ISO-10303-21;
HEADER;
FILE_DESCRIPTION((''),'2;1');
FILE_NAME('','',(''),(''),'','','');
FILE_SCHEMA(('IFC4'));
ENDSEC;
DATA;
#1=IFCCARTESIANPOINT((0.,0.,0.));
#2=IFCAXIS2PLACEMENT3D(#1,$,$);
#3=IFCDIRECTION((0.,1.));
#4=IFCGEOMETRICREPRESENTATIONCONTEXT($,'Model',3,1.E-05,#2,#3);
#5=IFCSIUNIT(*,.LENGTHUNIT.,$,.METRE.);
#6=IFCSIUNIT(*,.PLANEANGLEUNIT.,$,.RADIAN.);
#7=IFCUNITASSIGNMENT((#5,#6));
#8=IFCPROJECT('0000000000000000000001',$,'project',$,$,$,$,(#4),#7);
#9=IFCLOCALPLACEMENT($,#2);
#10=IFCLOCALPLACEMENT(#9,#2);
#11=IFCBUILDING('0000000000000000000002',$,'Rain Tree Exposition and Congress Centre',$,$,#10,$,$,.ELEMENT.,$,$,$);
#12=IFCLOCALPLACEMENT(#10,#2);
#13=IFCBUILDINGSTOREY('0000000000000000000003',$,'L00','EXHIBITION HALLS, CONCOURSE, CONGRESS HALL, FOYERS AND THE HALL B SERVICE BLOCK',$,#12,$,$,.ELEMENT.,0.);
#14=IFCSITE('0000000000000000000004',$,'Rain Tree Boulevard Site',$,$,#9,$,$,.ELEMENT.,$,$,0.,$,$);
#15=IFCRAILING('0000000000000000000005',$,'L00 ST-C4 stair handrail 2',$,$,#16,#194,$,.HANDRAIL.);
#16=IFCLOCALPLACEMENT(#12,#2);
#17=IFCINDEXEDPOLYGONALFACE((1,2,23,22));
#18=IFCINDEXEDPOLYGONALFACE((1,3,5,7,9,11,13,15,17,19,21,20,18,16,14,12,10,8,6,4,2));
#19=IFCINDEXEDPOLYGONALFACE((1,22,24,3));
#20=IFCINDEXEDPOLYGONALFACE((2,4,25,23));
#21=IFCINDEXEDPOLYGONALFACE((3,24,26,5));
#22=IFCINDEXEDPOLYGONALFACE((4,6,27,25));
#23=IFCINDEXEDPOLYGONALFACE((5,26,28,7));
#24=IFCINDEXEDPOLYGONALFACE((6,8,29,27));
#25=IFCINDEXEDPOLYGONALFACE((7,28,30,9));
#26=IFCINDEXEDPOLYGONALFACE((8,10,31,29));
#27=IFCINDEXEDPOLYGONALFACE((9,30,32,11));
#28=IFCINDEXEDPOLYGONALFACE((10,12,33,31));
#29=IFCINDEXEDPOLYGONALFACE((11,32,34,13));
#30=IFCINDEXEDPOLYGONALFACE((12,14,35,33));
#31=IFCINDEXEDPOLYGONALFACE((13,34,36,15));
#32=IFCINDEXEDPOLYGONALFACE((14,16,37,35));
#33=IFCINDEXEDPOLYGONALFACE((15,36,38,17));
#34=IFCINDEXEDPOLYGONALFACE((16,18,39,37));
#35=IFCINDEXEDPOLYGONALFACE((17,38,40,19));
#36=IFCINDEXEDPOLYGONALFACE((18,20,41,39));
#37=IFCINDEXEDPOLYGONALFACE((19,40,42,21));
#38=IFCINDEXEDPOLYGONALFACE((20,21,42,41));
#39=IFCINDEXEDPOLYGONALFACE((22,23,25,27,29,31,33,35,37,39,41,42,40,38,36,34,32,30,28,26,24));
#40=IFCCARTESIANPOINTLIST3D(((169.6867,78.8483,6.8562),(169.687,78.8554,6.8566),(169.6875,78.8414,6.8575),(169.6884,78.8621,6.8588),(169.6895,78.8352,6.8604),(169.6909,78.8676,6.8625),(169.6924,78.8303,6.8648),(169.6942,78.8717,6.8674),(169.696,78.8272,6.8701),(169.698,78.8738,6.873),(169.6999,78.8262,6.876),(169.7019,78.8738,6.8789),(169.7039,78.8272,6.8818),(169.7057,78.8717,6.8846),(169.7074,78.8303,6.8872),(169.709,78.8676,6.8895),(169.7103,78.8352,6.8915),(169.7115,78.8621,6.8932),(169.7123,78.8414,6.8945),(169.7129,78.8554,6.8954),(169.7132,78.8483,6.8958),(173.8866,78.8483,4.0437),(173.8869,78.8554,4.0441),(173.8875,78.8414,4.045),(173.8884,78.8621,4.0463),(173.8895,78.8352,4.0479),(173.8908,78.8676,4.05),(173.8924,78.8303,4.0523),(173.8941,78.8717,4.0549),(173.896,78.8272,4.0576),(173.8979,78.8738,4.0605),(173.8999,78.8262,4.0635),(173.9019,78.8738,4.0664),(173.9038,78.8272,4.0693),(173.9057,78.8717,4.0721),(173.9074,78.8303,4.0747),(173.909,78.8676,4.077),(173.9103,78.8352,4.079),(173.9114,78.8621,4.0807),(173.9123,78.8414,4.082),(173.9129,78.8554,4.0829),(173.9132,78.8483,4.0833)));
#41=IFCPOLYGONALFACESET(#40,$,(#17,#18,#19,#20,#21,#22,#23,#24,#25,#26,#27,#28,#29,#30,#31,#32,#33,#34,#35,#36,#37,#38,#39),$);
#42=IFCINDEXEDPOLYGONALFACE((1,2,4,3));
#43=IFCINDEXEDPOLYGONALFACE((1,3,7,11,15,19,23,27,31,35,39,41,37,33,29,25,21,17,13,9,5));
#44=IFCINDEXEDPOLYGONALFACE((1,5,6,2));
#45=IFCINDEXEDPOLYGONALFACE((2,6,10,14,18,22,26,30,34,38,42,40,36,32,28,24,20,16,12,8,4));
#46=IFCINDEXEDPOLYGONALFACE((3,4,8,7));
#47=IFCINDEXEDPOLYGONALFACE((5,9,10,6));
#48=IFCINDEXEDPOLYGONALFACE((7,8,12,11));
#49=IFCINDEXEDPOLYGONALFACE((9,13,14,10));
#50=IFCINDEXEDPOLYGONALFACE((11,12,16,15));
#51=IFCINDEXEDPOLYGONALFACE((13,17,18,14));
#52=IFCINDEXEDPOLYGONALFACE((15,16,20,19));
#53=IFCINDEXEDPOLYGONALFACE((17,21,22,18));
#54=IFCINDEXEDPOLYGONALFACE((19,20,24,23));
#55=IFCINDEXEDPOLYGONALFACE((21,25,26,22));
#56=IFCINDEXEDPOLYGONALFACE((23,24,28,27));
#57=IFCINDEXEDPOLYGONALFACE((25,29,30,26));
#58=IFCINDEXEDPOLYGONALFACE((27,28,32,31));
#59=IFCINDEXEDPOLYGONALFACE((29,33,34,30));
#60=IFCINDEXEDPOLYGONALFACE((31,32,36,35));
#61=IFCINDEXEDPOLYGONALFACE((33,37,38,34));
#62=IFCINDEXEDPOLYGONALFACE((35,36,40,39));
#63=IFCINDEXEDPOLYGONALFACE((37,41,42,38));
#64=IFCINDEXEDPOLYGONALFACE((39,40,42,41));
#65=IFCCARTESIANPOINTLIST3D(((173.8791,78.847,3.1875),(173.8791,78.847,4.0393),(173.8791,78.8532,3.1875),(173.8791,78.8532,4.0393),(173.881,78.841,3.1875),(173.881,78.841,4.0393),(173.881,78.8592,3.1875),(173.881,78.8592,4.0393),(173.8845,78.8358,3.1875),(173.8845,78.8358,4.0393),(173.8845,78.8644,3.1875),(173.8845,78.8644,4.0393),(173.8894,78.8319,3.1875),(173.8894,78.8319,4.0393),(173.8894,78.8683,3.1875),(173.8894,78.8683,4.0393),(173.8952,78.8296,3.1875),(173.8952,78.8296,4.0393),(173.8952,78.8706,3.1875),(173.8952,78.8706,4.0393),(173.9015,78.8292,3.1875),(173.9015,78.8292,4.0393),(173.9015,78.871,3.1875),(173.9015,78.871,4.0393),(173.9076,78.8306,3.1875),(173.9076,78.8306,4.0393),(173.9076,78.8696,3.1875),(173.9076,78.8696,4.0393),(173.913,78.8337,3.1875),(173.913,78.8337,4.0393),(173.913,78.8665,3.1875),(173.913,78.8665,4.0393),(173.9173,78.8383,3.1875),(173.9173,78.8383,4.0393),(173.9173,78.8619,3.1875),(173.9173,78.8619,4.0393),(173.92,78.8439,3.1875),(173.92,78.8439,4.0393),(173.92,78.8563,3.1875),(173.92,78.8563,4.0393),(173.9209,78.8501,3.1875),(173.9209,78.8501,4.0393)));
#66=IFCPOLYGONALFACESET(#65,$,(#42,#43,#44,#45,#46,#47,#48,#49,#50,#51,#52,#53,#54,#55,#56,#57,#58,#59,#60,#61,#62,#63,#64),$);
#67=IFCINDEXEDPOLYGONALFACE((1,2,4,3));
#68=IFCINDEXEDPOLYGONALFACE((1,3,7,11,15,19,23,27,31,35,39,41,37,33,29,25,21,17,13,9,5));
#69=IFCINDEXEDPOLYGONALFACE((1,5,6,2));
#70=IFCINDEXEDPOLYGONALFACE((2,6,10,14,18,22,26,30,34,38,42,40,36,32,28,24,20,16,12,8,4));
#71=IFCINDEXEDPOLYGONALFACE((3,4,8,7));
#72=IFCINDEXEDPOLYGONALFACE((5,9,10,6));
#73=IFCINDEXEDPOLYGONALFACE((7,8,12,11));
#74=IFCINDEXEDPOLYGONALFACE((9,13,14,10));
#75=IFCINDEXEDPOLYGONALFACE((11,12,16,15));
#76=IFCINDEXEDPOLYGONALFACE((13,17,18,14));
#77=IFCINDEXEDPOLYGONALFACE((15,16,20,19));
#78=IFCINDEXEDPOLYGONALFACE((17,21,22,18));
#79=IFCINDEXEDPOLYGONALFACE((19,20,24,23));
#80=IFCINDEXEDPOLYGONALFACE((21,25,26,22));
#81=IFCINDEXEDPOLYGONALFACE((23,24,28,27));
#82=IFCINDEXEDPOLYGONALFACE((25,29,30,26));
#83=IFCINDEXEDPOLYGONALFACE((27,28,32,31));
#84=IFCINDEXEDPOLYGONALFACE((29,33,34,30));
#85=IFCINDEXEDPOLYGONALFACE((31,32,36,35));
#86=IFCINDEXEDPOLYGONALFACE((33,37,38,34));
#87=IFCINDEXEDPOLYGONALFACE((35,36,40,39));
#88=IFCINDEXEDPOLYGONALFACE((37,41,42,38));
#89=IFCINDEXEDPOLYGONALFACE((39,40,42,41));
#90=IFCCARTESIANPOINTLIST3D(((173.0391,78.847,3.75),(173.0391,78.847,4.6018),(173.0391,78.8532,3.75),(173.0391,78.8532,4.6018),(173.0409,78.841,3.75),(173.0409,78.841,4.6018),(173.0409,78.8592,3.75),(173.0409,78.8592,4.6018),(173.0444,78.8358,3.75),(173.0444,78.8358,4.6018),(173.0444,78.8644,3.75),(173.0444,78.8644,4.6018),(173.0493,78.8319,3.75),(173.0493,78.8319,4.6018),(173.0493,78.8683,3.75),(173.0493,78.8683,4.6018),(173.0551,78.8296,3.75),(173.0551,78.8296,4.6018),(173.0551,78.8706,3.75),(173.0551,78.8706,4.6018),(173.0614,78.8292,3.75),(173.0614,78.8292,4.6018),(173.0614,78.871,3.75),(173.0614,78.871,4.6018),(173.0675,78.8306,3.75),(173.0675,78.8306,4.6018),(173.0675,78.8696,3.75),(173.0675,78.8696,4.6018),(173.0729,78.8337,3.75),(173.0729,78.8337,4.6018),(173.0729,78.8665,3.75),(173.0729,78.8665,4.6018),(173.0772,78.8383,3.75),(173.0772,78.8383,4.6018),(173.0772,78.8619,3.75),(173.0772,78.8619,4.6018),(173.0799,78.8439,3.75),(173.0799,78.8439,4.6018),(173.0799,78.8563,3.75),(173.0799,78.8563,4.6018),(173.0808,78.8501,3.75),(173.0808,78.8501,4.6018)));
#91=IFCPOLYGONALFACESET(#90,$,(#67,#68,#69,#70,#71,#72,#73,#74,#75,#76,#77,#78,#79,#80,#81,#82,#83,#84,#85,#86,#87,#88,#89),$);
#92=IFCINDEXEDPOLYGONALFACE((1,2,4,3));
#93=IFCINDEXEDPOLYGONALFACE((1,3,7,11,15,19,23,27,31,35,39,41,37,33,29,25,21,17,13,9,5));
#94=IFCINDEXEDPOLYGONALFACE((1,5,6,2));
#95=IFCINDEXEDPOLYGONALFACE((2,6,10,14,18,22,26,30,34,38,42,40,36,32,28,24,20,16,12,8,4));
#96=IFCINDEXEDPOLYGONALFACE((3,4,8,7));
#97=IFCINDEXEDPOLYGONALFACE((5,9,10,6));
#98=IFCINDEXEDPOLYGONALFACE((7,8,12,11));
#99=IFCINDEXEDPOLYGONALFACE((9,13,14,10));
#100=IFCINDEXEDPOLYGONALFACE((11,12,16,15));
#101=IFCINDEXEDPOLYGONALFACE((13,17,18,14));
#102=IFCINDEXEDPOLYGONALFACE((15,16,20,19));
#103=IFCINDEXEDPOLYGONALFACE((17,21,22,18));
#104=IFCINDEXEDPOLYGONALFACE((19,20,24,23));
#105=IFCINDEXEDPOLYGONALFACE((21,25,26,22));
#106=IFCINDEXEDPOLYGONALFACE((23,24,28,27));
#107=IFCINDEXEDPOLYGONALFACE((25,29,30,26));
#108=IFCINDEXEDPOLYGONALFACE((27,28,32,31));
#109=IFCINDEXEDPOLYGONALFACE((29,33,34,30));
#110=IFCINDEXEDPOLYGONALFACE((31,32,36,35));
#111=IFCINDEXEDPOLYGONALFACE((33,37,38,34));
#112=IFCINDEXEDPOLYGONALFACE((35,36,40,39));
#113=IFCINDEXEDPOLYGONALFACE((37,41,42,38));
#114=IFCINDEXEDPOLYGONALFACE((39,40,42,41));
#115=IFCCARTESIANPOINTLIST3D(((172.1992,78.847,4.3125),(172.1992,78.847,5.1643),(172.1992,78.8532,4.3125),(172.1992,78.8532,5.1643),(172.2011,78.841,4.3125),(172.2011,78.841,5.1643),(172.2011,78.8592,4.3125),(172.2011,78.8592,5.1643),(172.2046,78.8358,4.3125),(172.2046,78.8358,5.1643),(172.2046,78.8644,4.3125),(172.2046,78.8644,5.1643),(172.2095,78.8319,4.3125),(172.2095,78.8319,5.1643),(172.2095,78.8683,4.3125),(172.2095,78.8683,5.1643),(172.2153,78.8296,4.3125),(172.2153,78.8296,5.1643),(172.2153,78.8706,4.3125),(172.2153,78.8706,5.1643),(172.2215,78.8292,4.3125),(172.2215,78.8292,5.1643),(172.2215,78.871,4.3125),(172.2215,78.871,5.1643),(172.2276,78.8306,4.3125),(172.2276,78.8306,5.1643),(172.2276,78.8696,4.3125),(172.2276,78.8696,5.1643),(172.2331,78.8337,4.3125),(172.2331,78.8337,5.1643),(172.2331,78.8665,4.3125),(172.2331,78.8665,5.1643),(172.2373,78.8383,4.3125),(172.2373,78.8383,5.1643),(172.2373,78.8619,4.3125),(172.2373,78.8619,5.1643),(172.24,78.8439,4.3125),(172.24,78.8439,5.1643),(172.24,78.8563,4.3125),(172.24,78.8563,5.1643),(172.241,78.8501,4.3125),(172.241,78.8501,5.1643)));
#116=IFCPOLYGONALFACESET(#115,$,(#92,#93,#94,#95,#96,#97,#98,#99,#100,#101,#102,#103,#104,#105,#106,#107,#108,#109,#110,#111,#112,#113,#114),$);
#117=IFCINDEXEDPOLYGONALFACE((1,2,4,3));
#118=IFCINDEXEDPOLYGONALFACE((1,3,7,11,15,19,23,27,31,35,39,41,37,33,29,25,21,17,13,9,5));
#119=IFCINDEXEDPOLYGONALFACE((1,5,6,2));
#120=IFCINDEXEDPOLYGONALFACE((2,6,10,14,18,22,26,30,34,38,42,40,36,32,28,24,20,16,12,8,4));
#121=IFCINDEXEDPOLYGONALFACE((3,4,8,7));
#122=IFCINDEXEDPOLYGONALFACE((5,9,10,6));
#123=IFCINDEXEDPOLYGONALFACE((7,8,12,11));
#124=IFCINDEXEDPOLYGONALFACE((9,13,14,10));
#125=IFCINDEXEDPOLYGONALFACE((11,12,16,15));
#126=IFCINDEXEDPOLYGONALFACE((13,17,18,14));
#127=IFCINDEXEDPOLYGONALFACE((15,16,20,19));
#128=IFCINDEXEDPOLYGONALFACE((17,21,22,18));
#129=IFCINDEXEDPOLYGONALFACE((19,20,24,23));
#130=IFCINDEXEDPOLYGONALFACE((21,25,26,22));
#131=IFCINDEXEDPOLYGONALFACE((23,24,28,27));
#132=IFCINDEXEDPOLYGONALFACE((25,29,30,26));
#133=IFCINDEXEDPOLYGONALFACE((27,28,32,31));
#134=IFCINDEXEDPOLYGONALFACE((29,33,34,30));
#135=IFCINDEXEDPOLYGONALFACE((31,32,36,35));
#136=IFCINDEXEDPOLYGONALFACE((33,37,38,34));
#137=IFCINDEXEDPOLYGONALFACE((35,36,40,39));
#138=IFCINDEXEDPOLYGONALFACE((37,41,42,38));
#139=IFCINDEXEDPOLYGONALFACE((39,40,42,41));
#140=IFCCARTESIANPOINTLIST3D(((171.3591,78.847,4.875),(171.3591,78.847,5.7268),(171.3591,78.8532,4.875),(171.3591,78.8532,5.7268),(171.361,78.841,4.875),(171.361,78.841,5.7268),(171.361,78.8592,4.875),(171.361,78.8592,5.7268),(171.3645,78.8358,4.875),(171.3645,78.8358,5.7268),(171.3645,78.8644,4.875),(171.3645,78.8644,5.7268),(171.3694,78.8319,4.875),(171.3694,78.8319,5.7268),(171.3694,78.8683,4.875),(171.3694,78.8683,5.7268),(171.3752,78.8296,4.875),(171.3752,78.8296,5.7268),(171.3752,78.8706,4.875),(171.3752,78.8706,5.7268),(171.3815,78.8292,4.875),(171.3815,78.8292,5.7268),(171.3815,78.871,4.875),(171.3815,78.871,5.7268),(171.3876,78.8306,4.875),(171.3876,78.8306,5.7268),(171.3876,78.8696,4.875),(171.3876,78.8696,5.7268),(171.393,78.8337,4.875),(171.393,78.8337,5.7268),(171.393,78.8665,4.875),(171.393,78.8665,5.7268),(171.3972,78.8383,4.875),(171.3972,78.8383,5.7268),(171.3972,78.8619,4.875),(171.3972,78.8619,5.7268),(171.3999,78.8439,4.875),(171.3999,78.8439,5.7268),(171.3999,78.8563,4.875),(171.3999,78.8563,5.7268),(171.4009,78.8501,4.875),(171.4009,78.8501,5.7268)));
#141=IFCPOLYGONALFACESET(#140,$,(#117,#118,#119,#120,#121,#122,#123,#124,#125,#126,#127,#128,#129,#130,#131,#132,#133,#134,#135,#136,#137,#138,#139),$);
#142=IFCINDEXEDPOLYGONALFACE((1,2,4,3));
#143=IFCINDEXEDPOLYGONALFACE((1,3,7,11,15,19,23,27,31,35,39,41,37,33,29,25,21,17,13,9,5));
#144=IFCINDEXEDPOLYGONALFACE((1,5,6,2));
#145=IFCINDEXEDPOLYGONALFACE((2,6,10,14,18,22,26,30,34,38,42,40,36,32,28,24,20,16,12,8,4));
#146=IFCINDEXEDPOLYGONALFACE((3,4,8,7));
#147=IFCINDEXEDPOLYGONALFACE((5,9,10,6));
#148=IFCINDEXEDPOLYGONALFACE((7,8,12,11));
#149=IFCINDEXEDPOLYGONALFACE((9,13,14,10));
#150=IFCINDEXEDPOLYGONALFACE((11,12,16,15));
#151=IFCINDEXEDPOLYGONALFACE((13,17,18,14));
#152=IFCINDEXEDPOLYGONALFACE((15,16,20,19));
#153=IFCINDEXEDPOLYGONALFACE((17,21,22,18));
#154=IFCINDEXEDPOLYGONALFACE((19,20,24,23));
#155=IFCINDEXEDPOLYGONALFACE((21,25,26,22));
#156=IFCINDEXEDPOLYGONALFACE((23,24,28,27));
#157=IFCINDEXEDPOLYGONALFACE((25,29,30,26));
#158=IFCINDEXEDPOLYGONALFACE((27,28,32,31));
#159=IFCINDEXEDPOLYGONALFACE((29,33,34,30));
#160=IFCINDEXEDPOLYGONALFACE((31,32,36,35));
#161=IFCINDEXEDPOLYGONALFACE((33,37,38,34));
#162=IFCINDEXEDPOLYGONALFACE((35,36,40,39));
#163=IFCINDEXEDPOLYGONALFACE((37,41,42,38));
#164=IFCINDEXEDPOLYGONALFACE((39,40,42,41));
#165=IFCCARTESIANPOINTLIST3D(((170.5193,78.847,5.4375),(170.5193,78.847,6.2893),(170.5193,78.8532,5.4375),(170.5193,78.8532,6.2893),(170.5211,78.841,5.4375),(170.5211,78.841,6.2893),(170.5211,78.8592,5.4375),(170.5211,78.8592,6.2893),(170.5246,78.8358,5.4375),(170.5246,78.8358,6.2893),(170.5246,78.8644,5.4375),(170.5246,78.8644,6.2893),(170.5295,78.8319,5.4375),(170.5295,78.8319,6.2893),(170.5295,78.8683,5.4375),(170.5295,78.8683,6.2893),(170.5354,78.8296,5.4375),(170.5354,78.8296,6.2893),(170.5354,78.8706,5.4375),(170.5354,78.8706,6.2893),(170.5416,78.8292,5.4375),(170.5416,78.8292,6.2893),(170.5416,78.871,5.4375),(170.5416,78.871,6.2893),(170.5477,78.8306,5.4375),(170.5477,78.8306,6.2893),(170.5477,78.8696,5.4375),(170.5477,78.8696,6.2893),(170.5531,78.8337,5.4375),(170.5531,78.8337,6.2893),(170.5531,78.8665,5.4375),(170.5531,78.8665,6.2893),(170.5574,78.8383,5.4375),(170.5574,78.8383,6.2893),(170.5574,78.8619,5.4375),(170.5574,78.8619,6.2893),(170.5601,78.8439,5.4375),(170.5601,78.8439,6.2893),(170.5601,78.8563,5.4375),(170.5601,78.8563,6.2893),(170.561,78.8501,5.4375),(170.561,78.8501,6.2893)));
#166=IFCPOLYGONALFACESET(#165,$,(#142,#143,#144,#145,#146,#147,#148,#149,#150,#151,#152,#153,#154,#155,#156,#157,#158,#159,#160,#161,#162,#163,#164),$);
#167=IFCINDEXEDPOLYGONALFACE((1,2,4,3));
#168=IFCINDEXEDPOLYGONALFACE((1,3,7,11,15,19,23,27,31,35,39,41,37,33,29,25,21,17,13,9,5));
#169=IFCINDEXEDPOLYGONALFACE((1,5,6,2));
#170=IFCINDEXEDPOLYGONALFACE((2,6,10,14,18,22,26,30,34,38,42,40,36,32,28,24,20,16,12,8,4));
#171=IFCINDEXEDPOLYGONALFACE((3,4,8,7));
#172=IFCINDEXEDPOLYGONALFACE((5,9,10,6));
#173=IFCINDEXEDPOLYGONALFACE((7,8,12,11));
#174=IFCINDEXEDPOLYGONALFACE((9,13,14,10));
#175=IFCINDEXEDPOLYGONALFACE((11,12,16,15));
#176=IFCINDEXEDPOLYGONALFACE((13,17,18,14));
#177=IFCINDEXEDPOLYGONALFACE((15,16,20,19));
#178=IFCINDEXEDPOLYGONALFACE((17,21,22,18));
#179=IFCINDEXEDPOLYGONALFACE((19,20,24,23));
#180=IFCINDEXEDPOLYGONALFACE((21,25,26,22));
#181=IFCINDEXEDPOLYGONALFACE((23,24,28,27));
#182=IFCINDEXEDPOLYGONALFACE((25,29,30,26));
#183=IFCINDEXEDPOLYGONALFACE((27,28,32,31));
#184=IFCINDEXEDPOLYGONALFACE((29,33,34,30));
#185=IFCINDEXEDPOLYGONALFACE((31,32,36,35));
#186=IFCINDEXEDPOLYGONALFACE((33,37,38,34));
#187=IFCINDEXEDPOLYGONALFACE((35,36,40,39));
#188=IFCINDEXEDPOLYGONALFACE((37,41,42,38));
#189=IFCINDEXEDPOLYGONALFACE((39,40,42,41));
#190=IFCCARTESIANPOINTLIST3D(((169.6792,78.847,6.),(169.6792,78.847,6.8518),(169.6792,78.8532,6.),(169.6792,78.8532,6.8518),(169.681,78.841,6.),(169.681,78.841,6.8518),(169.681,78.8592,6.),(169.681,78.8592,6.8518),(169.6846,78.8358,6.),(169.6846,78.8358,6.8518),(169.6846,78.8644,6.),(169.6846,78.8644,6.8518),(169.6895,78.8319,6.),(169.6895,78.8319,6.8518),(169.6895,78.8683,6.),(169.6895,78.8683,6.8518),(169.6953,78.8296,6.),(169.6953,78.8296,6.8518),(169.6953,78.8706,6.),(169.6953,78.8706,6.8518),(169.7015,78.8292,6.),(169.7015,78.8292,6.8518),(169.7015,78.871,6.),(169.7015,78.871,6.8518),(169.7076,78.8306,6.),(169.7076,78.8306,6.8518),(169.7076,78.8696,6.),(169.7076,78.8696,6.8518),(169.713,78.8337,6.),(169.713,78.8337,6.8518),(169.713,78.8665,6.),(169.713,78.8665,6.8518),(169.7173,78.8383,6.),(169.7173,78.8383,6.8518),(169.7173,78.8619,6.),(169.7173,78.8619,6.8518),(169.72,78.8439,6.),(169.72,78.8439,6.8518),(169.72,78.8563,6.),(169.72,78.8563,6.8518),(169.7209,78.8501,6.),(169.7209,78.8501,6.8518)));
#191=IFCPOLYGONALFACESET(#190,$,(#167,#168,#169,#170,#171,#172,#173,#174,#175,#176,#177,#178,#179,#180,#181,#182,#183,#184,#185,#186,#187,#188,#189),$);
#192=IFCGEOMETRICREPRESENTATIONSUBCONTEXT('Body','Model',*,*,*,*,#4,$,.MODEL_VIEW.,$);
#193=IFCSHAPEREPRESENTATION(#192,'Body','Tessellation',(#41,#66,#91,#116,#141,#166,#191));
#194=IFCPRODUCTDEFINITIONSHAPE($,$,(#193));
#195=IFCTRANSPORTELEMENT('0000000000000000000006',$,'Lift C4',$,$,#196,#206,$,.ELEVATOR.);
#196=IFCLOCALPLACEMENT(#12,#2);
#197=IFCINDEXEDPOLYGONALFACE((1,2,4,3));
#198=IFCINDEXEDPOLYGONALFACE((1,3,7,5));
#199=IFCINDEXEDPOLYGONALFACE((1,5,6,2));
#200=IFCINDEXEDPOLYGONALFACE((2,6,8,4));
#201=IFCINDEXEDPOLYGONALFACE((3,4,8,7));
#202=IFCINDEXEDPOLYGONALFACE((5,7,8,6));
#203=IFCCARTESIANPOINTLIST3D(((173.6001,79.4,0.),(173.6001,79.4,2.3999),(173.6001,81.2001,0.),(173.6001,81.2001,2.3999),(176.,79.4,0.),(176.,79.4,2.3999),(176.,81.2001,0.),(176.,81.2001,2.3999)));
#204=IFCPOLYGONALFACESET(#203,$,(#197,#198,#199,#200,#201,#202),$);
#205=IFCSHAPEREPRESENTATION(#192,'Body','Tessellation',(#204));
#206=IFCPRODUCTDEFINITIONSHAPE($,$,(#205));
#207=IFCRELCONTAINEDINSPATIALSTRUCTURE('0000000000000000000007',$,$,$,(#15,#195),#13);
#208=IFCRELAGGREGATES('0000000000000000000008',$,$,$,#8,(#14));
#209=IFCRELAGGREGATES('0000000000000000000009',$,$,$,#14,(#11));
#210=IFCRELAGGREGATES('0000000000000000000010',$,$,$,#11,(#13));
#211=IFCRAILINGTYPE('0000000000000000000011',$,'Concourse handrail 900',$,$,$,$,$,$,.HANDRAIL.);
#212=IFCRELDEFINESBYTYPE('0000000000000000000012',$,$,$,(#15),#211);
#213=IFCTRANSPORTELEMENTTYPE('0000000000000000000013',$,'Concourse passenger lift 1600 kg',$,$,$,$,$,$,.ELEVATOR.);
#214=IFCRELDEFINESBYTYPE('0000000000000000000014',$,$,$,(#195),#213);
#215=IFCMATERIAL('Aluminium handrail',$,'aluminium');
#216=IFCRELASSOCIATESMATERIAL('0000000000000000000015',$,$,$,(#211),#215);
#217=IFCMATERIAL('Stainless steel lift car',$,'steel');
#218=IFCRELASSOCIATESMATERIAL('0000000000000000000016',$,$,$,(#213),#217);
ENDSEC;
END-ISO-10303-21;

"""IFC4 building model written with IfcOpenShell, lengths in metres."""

from ifc_helpers import new_model, si_unit, direction, frame, origin, origin_2d, place, context, subcontext, project, spatial, rectangle, circle, extrude, material, type_object, element, save


model = new_model("IFC4")

# Units and contexts
model_context = context("Model", 3, precision=1e-05, world=origin(), true_north=direction((0.0, 1.0)))
body_context = subcontext(model_context, "Body", "Model", "MODEL_VIEW")
ifc_project = project(units=[si_unit("LENGTHUNIT", "METRE"), si_unit("PLANEANGLEUNIT", "RADIAN")], contexts=[model_context])

# Site, building, storey
site_placement = place(None, origin())
site = spatial("IfcSite", under=ifc_project, at=site_placement, Name="Rain Tree Boulevard Site", CompositionType="ELEMENT", RefElevation=0.0)
building_placement = place(site_placement, origin())
building = spatial("IfcBuilding", under=site, at=building_placement, Name="Rain Tree Exposition and Congress Centre", CompositionType="ELEMENT")
storey_placement = place(building_placement, origin())
storey = spatial("IfcBuildingStorey", under=building, at=storey_placement, Name="L00", Description="EXHIBITION HALLS, CONCOURSE, CONGRESS HALL, FOYERS AND THE HALL B SERVICE BLOCK", CompositionType="ELEMENT", Elevation=0.0)

# Railing
ifc_material_1 = material(Name="Aluminium handrail", Category="aluminium")
railing_type_1 = type_object("IfcRailingType", Name="Concourse handrail 900", PredefinedType="HANDRAIL", material=ifc_material_1)
railing_1_placement = place(storey_placement, frame((173.8999, 78.8501, 3.1875)))
element("IfcRailing", 1, at=railing_1_placement, inside=storey, type_object=railing_type_1, Name="L00 ST-C4 stair handrail 2", PredefinedType="HANDRAIL", context=body_context, shape_type="SweptSolid", body=[
    extrude(circle(Radius=0.0239, at=origin_2d()), frame((0.0, 0.0, 0.876), z_axis=(-0.830904, 0.0, 0.556416), x_axis=(0.0, -1.0, 0.0)), (0.0, 0.0, 1.0), 5.0547),
    extrude(circle(Radius=0.021, at=origin_2d()), origin(), (0.0, 0.0, 1.0), 0.8518),
    extrude(circle(Radius=0.021, at=origin_2d()), frame((-0.8401, 0.0, 0.5625)), (0.0, 0.0, 1.0), 0.8518),
    extrude(circle(Radius=0.021, at=origin_2d()), frame((-1.6799, 0.0, 1.125)), (0.0, 0.0, 1.0), 0.8518),
    extrude(circle(Radius=0.021, at=origin_2d()), frame((-2.52, 0.0, 1.6875)), (0.0, 0.0, 1.0), 0.8518),
    extrude(circle(Radius=0.021, at=origin_2d()), frame((-3.3599, 0.0, 2.25)), (0.0, 0.0, 1.0), 0.8518),
    extrude(circle(Radius=0.021, at=origin_2d()), frame((-4.2, 0.0, 2.8125)), (0.0, 0.0, 1.0), 0.8518),
])

# Transport element
ifc_material_2 = material(Name="Stainless steel lift car", Category="steel")
transport_element_type = type_object("IfcTransportElementType", Name="Concourse passenger lift 1600 kg", PredefinedType="ELEVATOR", material=ifc_material_2)
transport_element_placement = place(storey_placement, frame((174.8, 80.3, 0.0), z_axis=(0.0, 0.0, 1.0), x_axis=(1.0, 0.0, 0.0)))
element("IfcTransportElement", 2, at=transport_element_placement, inside=storey, type_object=transport_element_type, Name="Lift C4", PredefinedType="ELEVATOR", context=body_context, shape_type="SweptSolid", body=[
    extrude(rectangle(XDim=2.3999, YDim=1.8, at=origin_2d()), origin(), (0.0, 0.0, 1.0), 2.3999),
])

save(model, "model.ifc")
